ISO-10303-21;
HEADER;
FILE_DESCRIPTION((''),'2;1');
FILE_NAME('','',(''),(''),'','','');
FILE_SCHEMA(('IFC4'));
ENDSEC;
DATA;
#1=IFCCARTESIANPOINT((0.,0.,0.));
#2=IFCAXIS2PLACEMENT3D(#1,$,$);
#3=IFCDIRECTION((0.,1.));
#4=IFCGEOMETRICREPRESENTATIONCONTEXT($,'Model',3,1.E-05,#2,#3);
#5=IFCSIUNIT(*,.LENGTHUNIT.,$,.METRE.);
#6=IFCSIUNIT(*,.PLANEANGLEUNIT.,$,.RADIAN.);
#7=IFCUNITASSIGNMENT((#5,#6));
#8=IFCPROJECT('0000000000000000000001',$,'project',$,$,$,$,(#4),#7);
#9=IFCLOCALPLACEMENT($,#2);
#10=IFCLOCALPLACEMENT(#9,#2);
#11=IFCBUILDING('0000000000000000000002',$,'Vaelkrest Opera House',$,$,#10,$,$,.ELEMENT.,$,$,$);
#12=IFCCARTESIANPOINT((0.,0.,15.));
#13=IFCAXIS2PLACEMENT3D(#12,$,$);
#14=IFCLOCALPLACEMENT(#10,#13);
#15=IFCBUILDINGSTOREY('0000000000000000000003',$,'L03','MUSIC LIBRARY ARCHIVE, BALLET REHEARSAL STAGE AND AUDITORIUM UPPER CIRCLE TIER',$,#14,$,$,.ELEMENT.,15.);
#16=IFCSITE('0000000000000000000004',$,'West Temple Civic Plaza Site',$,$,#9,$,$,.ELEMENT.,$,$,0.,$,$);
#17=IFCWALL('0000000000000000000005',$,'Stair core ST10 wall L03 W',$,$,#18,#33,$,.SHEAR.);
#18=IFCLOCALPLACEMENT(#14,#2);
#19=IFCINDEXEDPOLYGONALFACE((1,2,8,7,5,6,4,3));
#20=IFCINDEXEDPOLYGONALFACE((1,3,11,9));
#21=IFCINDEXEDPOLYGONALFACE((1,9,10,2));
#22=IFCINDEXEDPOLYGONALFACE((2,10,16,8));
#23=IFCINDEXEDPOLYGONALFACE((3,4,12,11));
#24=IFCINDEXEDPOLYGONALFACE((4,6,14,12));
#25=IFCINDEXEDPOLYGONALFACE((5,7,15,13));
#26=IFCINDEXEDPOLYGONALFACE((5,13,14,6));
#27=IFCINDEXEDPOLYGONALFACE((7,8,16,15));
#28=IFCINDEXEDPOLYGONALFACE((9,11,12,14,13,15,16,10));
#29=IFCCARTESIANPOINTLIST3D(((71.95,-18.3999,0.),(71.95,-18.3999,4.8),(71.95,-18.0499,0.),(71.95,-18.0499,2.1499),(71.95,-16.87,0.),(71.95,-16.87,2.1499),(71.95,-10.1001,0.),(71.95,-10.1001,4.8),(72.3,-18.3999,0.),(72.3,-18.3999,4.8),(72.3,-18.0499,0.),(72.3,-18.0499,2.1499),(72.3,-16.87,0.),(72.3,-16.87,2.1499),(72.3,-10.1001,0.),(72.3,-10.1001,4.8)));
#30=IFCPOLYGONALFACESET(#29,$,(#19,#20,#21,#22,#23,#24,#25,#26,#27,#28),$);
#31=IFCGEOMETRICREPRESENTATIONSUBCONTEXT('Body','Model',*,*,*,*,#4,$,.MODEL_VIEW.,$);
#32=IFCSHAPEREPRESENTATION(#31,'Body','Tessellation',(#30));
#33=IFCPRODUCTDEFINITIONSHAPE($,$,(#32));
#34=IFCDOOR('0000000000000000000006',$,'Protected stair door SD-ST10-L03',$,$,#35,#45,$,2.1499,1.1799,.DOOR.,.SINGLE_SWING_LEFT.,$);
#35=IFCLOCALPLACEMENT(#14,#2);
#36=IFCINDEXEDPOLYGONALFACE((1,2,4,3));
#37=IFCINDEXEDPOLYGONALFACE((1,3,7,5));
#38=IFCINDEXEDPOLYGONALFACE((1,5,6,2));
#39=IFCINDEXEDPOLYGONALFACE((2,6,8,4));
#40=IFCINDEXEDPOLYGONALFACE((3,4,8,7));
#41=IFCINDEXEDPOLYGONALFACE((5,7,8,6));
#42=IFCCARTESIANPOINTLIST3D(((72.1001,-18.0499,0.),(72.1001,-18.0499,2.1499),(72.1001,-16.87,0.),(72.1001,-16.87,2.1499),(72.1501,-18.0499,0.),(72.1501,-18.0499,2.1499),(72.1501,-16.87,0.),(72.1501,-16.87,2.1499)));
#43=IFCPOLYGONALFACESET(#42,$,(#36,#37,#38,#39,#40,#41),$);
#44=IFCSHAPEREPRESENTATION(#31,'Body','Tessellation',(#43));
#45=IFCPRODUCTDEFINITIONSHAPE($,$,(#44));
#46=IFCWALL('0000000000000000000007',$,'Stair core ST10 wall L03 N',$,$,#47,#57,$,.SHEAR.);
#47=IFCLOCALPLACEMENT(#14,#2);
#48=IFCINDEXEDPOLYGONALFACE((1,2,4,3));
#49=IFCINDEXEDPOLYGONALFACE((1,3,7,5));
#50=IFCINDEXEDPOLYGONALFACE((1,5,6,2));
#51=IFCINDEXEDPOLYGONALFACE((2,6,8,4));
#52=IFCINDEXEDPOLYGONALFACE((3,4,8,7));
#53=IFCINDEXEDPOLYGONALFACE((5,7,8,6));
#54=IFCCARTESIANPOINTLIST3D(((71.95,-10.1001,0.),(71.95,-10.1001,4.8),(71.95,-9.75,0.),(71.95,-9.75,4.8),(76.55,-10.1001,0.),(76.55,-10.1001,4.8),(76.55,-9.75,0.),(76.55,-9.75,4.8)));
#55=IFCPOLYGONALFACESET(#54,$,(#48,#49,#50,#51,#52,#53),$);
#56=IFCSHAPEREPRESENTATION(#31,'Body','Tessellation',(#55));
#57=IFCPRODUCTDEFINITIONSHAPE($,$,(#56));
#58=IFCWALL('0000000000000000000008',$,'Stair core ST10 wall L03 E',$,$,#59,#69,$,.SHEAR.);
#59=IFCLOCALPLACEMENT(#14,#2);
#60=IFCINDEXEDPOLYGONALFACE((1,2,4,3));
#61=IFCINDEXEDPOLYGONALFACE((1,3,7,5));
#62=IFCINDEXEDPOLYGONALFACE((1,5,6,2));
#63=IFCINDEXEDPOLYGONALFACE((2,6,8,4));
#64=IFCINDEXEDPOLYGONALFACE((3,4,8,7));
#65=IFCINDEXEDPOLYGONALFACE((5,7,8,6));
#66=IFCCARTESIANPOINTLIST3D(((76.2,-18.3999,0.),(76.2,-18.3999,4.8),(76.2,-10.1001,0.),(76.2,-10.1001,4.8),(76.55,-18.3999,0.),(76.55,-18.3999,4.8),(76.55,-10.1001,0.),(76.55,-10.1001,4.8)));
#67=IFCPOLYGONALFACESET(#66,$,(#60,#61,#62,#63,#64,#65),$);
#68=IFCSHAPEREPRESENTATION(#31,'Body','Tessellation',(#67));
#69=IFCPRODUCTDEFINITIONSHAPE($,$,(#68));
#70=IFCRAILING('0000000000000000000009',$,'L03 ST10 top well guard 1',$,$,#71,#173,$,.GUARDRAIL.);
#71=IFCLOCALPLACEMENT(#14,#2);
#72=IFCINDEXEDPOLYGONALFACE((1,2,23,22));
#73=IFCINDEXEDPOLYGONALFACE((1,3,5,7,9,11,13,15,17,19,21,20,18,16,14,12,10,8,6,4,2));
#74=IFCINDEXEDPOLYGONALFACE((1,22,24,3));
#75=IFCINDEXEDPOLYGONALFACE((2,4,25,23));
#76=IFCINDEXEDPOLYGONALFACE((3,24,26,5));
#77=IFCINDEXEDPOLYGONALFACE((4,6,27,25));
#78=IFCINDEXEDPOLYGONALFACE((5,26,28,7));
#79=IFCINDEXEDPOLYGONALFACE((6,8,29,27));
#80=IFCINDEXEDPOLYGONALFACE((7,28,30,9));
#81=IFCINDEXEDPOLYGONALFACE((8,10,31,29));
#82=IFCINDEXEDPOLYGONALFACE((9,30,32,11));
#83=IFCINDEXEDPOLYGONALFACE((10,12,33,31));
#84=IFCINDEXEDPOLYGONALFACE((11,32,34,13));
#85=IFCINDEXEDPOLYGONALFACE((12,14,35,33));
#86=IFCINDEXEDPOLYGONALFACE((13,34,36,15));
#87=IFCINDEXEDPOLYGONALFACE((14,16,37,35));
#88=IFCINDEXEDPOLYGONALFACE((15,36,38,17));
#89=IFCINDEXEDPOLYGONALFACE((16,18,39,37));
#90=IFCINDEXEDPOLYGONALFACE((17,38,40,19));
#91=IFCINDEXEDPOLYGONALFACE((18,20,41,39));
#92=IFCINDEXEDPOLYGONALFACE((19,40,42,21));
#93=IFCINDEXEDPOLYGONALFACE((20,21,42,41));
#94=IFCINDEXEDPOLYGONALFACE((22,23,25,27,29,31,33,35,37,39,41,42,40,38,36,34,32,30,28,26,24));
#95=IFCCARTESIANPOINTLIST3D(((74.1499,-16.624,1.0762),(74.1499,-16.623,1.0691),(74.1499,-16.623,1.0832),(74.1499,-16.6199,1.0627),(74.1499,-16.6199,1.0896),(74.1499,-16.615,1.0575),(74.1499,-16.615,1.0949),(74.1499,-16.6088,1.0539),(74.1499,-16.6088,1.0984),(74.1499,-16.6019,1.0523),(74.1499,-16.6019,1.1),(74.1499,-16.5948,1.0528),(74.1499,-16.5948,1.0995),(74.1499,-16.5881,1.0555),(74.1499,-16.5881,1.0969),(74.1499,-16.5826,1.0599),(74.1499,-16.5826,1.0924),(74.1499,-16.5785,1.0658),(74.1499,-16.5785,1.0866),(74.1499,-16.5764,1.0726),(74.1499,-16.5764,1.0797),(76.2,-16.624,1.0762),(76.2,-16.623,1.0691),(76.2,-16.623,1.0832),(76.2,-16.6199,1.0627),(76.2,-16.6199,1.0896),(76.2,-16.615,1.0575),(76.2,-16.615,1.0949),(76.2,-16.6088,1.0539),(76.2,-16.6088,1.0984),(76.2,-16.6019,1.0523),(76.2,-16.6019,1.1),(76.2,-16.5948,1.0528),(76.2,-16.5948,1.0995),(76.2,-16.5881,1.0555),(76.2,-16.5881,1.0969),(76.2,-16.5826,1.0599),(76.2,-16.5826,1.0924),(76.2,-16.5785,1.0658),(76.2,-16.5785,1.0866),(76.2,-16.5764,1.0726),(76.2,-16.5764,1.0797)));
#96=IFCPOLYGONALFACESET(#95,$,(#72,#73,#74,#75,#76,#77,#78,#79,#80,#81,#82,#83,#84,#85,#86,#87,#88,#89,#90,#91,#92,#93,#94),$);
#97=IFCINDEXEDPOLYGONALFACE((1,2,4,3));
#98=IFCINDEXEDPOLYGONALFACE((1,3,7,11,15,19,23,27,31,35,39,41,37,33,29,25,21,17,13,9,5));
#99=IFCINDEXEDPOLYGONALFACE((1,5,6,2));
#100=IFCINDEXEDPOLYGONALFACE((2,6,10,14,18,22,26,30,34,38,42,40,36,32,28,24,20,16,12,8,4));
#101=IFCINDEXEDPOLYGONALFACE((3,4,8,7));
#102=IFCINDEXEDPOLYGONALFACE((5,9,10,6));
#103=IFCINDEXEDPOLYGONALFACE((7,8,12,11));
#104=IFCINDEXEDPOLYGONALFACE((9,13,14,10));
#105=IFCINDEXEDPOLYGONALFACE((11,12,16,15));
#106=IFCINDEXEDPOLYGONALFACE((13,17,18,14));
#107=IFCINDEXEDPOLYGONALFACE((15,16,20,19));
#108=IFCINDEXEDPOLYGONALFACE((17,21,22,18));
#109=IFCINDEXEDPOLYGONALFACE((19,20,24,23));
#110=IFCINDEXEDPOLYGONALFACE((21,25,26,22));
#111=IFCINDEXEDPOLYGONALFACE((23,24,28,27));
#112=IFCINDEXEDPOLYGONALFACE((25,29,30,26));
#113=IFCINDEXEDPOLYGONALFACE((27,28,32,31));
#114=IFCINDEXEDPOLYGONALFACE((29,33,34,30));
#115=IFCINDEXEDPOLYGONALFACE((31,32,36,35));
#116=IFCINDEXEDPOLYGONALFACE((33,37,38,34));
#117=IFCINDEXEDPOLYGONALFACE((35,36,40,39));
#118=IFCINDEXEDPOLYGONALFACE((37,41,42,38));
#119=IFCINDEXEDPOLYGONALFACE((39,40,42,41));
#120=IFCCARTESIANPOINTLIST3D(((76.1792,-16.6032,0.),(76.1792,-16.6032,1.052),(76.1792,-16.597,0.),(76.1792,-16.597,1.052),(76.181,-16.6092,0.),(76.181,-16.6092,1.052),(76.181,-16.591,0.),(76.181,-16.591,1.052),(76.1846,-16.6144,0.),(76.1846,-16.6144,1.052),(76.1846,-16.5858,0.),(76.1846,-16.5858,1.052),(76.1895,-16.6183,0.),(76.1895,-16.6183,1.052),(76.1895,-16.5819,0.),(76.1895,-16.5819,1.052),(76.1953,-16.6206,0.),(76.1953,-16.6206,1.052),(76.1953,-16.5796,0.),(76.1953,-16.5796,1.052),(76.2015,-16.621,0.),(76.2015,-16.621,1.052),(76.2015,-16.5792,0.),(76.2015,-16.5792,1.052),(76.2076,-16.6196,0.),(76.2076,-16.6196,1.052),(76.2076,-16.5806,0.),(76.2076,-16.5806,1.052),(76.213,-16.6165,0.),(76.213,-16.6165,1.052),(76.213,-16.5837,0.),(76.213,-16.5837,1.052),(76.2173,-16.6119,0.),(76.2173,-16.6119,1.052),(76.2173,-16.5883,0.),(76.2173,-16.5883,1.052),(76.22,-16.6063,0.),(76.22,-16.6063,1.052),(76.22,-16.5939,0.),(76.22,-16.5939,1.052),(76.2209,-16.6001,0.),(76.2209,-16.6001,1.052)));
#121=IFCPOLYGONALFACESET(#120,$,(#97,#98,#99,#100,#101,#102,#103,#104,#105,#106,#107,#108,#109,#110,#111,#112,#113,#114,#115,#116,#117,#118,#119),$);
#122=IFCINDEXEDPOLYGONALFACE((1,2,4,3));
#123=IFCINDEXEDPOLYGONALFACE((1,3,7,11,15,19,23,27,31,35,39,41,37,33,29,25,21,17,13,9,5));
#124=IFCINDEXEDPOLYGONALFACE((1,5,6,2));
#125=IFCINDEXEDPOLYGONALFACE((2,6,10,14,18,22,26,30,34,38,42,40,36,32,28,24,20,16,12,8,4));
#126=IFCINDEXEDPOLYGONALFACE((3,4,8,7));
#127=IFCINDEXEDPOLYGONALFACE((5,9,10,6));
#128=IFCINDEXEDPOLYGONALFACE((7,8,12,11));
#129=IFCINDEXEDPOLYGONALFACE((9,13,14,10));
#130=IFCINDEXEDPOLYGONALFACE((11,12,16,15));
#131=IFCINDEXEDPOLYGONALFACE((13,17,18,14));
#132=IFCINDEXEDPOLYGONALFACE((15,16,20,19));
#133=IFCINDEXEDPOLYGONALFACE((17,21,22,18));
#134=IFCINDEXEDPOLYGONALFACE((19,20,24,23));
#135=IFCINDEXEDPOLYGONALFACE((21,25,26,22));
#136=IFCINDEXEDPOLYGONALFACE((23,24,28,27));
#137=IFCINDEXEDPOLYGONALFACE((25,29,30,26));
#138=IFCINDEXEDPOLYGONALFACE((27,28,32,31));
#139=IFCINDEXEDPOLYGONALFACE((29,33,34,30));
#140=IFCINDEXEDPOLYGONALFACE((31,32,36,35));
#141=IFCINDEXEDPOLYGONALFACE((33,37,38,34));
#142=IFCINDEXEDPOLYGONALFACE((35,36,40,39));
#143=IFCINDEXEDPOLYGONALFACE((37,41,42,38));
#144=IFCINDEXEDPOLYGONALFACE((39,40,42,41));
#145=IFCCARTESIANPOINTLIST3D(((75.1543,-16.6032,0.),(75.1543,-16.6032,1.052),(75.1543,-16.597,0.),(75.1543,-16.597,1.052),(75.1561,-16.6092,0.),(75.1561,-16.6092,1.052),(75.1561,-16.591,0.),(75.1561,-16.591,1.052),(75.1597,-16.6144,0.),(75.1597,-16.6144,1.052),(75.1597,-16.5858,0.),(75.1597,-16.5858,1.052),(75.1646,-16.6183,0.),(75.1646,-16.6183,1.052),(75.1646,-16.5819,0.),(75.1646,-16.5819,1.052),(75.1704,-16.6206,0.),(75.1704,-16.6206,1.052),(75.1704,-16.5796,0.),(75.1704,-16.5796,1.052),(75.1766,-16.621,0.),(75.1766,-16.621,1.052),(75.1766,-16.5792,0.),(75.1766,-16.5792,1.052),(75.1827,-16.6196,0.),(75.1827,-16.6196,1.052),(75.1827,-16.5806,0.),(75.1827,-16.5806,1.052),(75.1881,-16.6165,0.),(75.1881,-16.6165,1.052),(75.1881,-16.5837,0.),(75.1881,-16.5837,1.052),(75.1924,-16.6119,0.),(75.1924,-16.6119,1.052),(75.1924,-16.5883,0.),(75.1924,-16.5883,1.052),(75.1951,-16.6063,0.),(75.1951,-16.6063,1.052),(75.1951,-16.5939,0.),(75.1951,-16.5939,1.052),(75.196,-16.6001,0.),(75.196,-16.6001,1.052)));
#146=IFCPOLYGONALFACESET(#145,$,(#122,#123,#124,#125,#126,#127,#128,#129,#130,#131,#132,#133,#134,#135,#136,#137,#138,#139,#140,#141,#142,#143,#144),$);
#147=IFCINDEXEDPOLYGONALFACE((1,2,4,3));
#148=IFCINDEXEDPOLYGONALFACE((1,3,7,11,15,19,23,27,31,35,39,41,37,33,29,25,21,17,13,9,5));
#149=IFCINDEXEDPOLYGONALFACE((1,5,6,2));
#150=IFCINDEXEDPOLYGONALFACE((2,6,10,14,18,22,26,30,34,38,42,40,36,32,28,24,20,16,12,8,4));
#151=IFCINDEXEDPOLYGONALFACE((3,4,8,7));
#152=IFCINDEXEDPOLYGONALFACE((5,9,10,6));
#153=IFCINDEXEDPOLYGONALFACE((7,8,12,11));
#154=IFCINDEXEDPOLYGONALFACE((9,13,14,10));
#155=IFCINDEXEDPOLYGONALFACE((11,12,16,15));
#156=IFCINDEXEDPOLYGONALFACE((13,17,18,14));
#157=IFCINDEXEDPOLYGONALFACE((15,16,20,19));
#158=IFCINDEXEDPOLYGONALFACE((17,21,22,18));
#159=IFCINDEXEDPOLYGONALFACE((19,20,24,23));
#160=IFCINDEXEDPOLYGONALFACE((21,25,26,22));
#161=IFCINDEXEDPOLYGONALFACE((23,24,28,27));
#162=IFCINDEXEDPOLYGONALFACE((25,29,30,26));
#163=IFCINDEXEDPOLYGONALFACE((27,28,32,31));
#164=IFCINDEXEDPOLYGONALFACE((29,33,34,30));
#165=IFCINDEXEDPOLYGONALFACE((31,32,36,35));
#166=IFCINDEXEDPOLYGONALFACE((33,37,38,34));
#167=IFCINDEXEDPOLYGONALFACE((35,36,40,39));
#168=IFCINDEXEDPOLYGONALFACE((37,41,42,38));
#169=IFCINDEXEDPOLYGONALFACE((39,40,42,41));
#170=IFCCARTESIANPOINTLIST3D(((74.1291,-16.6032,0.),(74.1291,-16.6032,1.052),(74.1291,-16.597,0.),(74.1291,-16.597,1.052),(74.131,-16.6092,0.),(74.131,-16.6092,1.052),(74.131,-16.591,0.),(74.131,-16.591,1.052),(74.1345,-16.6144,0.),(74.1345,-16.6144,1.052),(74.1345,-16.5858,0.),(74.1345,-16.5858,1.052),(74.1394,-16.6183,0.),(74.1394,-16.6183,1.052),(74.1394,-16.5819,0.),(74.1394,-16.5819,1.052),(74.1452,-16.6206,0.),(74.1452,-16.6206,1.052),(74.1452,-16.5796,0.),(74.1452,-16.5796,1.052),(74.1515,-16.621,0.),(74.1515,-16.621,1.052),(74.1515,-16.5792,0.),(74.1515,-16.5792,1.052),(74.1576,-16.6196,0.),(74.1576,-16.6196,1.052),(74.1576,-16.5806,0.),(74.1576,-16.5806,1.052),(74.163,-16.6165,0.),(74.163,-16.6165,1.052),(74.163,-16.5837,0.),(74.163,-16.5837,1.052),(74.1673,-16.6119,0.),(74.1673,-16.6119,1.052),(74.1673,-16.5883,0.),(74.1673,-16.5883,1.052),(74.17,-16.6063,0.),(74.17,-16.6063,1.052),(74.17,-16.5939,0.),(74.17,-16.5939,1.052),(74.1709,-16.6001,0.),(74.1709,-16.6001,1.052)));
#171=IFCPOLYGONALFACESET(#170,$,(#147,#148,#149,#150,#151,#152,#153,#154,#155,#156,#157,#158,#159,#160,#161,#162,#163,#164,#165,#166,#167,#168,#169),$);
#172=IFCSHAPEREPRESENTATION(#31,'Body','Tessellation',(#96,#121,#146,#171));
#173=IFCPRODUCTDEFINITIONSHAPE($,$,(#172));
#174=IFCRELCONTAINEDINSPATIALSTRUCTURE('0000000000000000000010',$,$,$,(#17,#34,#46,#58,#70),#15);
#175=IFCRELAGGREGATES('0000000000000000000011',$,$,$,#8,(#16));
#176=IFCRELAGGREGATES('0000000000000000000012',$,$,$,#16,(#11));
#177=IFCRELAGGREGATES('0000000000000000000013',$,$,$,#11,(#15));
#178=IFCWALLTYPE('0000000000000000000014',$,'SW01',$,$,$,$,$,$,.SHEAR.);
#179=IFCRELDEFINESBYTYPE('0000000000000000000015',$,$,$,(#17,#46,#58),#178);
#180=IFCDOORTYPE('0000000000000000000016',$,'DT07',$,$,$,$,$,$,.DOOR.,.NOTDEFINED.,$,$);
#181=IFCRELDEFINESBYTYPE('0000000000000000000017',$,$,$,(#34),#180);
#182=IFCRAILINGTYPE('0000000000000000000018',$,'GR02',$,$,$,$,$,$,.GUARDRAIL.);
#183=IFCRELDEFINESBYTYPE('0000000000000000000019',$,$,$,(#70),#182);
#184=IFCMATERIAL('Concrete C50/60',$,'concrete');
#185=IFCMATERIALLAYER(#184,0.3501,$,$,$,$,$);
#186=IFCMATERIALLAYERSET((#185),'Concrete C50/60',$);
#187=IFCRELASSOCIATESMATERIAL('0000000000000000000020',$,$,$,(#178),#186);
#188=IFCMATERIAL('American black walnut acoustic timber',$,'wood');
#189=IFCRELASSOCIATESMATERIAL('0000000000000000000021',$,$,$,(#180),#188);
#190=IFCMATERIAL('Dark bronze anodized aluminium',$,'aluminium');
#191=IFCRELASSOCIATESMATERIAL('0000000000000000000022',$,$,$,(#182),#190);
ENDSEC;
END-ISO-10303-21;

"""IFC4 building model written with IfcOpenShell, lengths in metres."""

from ifc_helpers import new_model, si_unit, direction, frame, frame_2d, origin, origin_2d, place, context, subcontext, project, spatial, rectangle, circle, extrude, material, layer, layer_set, type_object, element, fill, save


model = new_model("IFC4")

# Units and contexts
model_context = context("Model", 3, precision=1e-05, world=origin(), true_north=direction((0.0, 1.0)))
body_context = subcontext(model_context, "Body", "Model", "MODEL_VIEW")
ifc_project = project(units=[si_unit("LENGTHUNIT", "METRE"), si_unit("PLANEANGLEUNIT", "RADIAN")], contexts=[model_context])

# Site, building, storey
site_placement = place(None, origin())
site = spatial("IfcSite", under=ifc_project, at=site_placement, Name="West Temple Civic Plaza Site", CompositionType="ELEMENT", RefElevation=0.0)
building_placement = place(site_placement, origin())
building = spatial("IfcBuilding", under=site, at=building_placement, Name="Vaelkrest Opera House", CompositionType="ELEMENT")
storey_placement = place(building_placement, frame((0.0, 0.0, 15.0)))
storey = spatial("IfcBuildingStorey", under=building, at=storey_placement, Name="L03", Description="MUSIC LIBRARY ARCHIVE, BALLET REHEARSAL STAGE AND AUDITORIUM UPPER CIRCLE TIER", CompositionType="ELEMENT", Elevation=15.0)

# Shared definitions
ifc_material_1 = material(Name="Concrete C50/60", Category="concrete")

# Shared definitions
ifc_material_2 = material(Name="Dark bronze anodized aluminium", Category="aluminium")

# Shared definitions
ifc_layer_1 = layer(ifc_material_1, 0.3501)
ifc_layer_set_1 = layer_set([ifc_layer_1], Name="Concrete C50/60")
wall_type_1 = type_object("IfcWallType", Name="SW01", PredefinedType="SHEAR", material=ifc_layer_set_1)

# Wall, opening, door
wall_1_placement = place(storey_placement, frame((72.125, -18.3999, 0.0), z_axis=(0.0, 0.0, 1.0), x_axis=(0.0, 1.0, 0.0)))
wall_1 = element("IfcWall", 1, at=wall_1_placement, inside=storey, type_object=wall_type_1, Name="Stair core ST10 wall L03 W", PredefinedType="SHEAR", context=body_context, shape_type="SweptSolid", body=[
    extrude(rectangle(XDim=8.2998, YDim=0.3501, at=frame_2d((4.1499, 0.0))), origin(), (0.0, 0.0, 1.0), 4.8),
])
opening_1_placement = place(wall_1_placement, frame((0.3501, 0.0, 0.0)))
opening_1 = element("IfcOpeningElement", 2, at=opening_1_placement, cuts=wall_1, PredefinedType="OPENING", context=body_context, shape_type="SweptSolid", body=[
    extrude(rectangle(XDim=1.1799, YDim=2.1499, at=frame_2d((0.5898, 1.075))), frame((0.0, 0.1851, 0.0), z_axis=(0.0, -1.0, 0.0), x_axis=(1.0, 0.0, 0.0)), (0.0, 0.0, 1.0), 0.3701),
])
ifc_material_3 = material(Name="American black walnut acoustic timber", Category="wood")
door_type = type_object("IfcDoorType", Name="DT07", OperationType="NOTDEFINED", PredefinedType="DOOR", material=ifc_material_3)
door_placement = place(opening_1_placement, origin())
door = element("IfcDoor", 3, at=door_placement, inside=storey, type_object=door_type, Name="Protected stair door SD-ST10-L03", OperationType="SINGLE_SWING_LEFT", OverallHeight=2.1499, OverallWidth=1.1799, PredefinedType="DOOR", context=body_context, shape_type="SweptSolid", body=[
    extrude(rectangle(XDim=1.1799, YDim=2.1499, at=frame_2d((0.5898, 1.075))), frame((0.0, 0.0249, 0.0), z_axis=(0.0, -1.0, 0.0), x_axis=(1.0, 0.0, 0.0)), (0.0, 0.0, 1.0), 0.05),
])
fill(opening_1, door)

# Walls
wall_2_placement = place(storey_placement, frame((71.95, -9.925, 0.0), z_axis=(0.0, 0.0, 1.0), x_axis=(1.0, 0.0, 0.0)))
element("IfcWall", 4, at=wall_2_placement, inside=storey, type_object=wall_type_1, Name="Stair core ST10 wall L03 N", PredefinedType="SHEAR", context=body_context, shape_type="SweptSolid", body=[
    extrude(rectangle(XDim=4.6001, YDim=0.3501, at=frame_2d((2.3, 0.0))), origin(), (0.0, 0.0, 1.0), 4.8),
])
wall_3_placement = place(storey_placement, frame((76.375, -10.1001, 0.0), z_axis=(0.0, 0.0, 1.0), x_axis=(0.0, -1.0, 0.0)))
element("IfcWall", 5, at=wall_3_placement, inside=storey, type_object=wall_type_1, Name="Stair core ST10 wall L03 E", PredefinedType="SHEAR", context=body_context, shape_type="SweptSolid", body=[
    extrude(rectangle(XDim=8.2998, YDim=0.3501, at=frame_2d((4.1499, 0.0))), origin(), (0.0, 0.0, 1.0), 4.8),
])

# Railing
railing_type = type_object("IfcRailingType", Name="GR02", PredefinedType="GUARDRAIL", material=ifc_material_2)
railing_placement = place(storey_placement, frame((76.2, -16.6001, 0.0)))
element("IfcRailing", 6, at=railing_placement, inside=storey, type_object=railing_type, Name="L03 ST10 top well guard 1", PredefinedType="GUARDRAIL", context=body_context, shape_type="SweptSolid", body=[
    extrude(circle(Radius=0.0239, at=origin_2d()), frame((0.0, 0.0, 1.0762), z_axis=(-1.0, 0.0, 0.0), x_axis=(0.0, -1.0, 0.0)), (0.0, 0.0, 1.0), 2.05),
    extrude(circle(Radius=0.021, at=origin_2d()), origin(), (0.0, 0.0, 1.0), 1.052),
    extrude(circle(Radius=0.021, at=origin_2d()), frame((-1.0249, 0.0, 0.0)), (0.0, 0.0, 1.0), 1.052),
    extrude(circle(Radius=0.021, at=origin_2d()), frame((-2.05, 0.0, 0.0)), (0.0, 0.0, 1.0), 1.052),
])

save(model, "model.ifc")
